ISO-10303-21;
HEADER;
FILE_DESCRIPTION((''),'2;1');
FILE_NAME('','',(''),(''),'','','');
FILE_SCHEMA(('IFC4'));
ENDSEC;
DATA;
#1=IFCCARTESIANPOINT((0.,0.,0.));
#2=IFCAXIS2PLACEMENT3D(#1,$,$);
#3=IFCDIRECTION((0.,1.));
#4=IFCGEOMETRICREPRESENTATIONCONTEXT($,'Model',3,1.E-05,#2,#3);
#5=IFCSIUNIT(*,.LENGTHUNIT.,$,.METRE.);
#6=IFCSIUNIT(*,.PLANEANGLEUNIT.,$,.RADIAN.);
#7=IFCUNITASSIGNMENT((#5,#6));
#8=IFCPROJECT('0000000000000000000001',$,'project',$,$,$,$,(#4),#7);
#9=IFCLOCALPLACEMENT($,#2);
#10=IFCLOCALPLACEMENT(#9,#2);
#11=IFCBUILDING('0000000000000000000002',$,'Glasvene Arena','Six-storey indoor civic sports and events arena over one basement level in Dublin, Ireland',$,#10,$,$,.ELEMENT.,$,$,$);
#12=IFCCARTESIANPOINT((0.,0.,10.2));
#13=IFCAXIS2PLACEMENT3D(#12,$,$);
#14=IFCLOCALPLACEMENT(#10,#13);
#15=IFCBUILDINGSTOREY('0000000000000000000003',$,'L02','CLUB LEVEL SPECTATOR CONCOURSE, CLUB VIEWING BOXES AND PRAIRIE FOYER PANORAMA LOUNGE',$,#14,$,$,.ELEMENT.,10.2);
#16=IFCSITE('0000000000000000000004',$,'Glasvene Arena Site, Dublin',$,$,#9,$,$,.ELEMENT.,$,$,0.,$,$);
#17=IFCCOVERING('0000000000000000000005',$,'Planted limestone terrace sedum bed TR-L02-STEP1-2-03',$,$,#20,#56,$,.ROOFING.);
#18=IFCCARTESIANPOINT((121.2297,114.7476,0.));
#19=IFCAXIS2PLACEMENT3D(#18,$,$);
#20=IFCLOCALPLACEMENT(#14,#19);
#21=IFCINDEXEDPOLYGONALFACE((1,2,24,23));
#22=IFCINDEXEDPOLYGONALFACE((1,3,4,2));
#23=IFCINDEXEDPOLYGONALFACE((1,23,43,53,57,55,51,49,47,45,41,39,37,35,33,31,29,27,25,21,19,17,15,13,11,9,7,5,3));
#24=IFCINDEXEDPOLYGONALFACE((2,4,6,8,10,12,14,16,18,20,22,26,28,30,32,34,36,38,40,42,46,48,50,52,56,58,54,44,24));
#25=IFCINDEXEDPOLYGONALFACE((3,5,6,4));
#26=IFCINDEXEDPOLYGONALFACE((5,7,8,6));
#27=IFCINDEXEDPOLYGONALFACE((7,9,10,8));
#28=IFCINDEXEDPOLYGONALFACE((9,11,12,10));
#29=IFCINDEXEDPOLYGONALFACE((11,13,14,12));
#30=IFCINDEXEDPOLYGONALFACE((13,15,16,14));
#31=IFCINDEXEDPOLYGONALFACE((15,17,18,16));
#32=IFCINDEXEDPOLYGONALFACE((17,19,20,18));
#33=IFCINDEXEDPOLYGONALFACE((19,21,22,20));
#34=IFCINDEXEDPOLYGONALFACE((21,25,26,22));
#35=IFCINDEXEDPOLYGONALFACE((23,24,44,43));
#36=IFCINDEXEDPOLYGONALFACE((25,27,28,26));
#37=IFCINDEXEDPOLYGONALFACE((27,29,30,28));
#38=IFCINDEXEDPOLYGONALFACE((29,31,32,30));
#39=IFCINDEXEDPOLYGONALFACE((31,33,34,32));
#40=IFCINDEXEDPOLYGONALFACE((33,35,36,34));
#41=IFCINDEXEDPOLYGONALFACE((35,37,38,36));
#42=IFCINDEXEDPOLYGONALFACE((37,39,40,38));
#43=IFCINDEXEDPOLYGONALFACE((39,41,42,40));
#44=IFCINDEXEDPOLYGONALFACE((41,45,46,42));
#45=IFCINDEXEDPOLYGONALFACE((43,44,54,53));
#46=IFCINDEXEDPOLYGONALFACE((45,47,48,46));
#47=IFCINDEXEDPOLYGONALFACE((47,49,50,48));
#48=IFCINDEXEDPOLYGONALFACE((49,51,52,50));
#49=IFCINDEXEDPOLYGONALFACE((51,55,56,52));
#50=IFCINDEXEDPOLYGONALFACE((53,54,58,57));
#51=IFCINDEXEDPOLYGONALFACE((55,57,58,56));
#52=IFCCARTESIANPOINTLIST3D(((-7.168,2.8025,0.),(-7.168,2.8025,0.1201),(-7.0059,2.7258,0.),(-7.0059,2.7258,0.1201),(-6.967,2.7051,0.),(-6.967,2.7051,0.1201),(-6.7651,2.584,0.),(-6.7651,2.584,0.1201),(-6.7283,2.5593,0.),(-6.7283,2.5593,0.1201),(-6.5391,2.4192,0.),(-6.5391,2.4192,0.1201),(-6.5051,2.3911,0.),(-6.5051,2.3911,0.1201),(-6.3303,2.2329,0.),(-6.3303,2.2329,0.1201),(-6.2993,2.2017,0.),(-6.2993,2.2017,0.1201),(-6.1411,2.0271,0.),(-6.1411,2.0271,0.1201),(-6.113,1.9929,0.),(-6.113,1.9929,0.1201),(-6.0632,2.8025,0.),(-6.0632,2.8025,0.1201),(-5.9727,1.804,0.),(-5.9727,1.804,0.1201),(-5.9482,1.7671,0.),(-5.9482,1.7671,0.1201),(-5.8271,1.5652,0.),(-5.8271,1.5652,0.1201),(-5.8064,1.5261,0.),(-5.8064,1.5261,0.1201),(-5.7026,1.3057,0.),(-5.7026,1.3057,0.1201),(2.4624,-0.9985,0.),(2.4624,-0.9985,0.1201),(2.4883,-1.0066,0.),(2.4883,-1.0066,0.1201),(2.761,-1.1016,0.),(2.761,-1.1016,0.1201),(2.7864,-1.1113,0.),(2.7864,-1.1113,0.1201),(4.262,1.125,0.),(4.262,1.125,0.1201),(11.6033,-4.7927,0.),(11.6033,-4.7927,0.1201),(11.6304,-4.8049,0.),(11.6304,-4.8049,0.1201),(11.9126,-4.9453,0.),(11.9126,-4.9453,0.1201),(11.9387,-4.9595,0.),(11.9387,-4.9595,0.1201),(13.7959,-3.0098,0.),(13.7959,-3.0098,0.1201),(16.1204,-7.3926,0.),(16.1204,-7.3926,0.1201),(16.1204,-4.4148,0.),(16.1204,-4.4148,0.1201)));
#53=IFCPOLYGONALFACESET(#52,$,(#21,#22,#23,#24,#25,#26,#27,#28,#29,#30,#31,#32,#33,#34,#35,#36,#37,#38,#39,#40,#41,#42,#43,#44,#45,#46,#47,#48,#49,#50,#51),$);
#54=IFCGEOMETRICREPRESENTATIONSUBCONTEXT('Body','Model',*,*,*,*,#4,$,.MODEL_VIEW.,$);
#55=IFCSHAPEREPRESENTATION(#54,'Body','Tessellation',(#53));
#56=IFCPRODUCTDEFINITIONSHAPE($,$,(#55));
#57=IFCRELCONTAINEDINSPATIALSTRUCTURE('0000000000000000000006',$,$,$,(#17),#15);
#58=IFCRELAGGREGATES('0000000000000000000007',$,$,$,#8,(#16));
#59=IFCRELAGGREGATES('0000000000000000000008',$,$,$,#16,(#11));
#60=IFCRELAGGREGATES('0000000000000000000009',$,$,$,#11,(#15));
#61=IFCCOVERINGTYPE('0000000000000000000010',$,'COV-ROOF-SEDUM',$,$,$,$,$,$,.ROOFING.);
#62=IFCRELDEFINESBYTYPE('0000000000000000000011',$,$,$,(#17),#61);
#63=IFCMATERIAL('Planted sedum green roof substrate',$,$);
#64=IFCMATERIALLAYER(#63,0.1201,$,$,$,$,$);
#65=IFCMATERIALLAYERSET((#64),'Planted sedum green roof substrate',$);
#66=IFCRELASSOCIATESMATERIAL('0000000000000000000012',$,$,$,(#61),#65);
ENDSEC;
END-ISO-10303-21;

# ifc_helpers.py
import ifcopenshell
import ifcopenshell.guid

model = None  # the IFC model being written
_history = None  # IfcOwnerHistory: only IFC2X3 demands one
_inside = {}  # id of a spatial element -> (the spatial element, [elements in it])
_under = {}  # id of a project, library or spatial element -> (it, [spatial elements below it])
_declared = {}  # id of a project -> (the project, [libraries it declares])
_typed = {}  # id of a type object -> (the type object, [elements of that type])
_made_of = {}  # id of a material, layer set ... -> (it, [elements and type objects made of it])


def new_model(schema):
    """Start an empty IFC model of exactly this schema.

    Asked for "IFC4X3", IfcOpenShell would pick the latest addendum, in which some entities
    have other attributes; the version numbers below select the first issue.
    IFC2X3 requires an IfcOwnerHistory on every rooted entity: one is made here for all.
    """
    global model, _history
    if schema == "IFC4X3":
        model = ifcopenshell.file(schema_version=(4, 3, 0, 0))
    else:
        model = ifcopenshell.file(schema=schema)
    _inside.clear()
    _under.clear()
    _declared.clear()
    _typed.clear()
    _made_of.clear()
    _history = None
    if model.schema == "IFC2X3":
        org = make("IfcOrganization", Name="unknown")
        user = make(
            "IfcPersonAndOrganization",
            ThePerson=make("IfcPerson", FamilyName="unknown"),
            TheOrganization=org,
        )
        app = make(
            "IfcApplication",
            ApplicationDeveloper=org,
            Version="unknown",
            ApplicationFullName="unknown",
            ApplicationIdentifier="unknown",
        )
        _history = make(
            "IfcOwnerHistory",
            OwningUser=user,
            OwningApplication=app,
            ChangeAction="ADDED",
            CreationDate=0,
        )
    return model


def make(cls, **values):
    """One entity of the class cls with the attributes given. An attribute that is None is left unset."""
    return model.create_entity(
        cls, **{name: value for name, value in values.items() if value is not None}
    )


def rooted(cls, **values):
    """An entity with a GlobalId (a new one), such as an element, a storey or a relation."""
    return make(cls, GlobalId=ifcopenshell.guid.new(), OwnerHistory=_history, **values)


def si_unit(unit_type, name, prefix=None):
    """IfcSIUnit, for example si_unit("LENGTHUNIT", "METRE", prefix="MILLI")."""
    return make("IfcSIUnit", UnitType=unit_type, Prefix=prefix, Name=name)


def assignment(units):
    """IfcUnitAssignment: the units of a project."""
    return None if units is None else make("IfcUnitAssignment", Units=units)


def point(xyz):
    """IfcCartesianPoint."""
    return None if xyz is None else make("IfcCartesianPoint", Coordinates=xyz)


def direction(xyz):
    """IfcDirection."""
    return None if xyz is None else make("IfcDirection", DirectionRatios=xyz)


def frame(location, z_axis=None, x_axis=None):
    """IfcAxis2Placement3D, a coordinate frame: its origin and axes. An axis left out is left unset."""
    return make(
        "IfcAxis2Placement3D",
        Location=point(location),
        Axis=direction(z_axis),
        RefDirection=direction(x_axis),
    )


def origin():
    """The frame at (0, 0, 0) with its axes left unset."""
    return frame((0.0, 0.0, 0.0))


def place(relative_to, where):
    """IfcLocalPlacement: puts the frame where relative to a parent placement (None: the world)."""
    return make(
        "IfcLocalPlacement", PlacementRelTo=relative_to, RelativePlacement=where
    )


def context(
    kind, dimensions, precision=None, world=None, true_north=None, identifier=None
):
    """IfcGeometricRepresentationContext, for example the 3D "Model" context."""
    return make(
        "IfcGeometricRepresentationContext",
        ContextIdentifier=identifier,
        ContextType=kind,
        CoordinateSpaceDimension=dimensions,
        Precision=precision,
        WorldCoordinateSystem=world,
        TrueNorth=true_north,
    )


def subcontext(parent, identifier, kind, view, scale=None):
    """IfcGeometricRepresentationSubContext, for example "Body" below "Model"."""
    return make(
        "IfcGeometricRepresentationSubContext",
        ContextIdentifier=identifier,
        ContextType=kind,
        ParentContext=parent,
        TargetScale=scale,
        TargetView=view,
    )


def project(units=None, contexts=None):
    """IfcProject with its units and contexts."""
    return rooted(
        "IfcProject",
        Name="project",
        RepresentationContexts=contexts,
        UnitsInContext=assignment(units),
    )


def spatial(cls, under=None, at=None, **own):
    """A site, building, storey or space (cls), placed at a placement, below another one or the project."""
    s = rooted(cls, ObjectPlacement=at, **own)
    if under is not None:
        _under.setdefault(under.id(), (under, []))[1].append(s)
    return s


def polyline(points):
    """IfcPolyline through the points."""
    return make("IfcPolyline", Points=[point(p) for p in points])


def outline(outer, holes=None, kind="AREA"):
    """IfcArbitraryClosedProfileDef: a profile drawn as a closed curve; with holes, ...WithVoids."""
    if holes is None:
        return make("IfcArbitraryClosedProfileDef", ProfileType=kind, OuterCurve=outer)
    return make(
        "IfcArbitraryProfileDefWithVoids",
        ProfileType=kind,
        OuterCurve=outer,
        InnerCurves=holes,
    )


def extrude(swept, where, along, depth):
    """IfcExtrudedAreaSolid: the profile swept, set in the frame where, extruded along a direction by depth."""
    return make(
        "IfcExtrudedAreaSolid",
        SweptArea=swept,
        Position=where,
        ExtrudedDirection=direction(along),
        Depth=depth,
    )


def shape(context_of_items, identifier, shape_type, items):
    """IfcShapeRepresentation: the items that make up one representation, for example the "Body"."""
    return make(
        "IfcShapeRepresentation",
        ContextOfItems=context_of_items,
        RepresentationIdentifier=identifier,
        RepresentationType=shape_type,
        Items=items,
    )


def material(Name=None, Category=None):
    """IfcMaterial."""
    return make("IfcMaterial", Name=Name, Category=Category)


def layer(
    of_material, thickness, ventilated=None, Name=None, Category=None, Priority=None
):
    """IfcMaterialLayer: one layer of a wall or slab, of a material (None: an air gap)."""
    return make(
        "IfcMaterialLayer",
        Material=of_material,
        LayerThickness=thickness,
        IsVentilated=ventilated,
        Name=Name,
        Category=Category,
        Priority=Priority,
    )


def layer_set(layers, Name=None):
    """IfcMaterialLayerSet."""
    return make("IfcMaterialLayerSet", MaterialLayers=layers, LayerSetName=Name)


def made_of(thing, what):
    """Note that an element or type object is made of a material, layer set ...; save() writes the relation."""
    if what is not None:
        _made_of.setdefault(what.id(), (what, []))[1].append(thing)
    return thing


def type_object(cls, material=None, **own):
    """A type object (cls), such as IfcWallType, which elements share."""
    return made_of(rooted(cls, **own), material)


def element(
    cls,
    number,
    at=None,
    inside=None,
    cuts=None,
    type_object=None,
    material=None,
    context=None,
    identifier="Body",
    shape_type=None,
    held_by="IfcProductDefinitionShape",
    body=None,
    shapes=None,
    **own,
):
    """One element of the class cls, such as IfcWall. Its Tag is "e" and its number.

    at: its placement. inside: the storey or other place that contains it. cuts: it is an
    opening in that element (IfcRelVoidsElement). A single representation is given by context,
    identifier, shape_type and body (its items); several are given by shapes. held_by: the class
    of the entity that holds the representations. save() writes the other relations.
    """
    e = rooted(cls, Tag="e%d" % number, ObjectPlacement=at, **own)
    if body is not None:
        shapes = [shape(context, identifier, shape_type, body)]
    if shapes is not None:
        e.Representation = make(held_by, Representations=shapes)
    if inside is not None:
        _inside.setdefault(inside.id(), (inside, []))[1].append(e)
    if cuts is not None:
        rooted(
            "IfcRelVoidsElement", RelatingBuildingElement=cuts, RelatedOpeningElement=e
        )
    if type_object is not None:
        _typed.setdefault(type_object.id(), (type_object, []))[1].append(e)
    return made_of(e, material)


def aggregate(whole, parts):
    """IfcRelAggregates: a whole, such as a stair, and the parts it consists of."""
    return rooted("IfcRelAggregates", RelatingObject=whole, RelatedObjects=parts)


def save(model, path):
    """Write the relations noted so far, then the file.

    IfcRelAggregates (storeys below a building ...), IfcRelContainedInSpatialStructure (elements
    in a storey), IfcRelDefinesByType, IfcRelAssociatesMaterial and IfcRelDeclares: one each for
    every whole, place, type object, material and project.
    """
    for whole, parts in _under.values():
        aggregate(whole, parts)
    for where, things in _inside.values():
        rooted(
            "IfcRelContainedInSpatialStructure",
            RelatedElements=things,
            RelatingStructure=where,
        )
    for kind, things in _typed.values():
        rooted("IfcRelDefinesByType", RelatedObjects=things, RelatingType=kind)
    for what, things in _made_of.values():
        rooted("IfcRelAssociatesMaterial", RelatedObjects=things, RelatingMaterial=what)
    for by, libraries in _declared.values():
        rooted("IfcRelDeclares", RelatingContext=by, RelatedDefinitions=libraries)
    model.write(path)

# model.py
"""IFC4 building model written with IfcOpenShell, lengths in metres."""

from ifc_helpers import new_model, si_unit, direction, frame, origin, place, context, subcontext, project, spatial, polyline, outline, extrude, material, layer, layer_set, type_object, element, save


model = new_model("IFC4")

# Units and contexts
model_context = context("Model", 3, precision=1e-05, world=origin(), true_north=direction((0.0, 1.0)))
body_context = subcontext(model_context, "Body", "Model", "MODEL_VIEW")
ifc_project = project(units=[si_unit("LENGTHUNIT", "METRE"), si_unit("PLANEANGLEUNIT", "RADIAN")], contexts=[model_context])

# Site, building, storey
site_placement = place(None, origin())
site = spatial("IfcSite", under=ifc_project, at=site_placement, Name="Glasvene Arena Site, Dublin", CompositionType="ELEMENT", RefElevation=0.0)
building_placement = place(site_placement, origin())
building = spatial("IfcBuilding", under=site, at=building_placement, Name="Glasvene Arena", Description="Six-storey indoor civic sports and events arena over one basement level in Dublin, Ireland", CompositionType="ELEMENT")
storey_placement = place(building_placement, frame((0.0, 0.0, 10.2)))
storey = spatial("IfcBuildingStorey", under=building, at=storey_placement, Name="L02", Description="CLUB LEVEL SPECTATOR CONCOURSE, CLUB VIEWING BOXES AND PRAIRIE FOYER PANORAMA LOUNGE", CompositionType="ELEMENT", Elevation=10.2)

# Covering
ifc_material_1 = material(Name="Planted sedum green roof substrate")
ifc_layer_1 = layer(ifc_material_1, 0.1201)
ifc_layer_set_1 = layer_set([ifc_layer_1], Name="Planted sedum green roof substrate")
covering_type = type_object("IfcCoveringType", Name="COV-ROOF-SEDUM", PredefinedType="ROOFING", material=ifc_layer_set_1)
covering_placement = place(storey_placement, frame((121.2297, 114.7476, 0.0)))
element("IfcCovering", 1, at=covering_placement, inside=storey, type_object=covering_type, Name="Planted limestone terrace sedum bed TR-L02-STEP1-2-03", PredefinedType="ROOFING", context=body_context, shape_type="SweptSolid", body=[
    extrude(outline(polyline([(-7.168, 2.8025), (-6.0632, 2.8025), (4.262, 1.125), (13.7959, -3.0098), (16.1204, -4.4148), (16.1204, -7.3926), (11.9387, -4.9595), (11.9126, -4.9453), (11.6304, -4.8049), (11.6033, -4.7927), (2.7864, -1.1113), (2.761, -1.1016), (2.4883, -1.0066), (2.4624, -0.9985), (-5.7026, 1.3057), (-5.8064, 1.5261), (-5.8271, 1.5652), (-5.9482, 1.7671), (-5.9727, 1.804), (-6.113, 1.9929), (-6.1411, 2.0271), (-6.2993, 2.2017), (-6.3303, 2.2329), (-6.5051, 2.3911), (-6.5391, 2.4192), (-6.7283, 2.5593), (-6.7651, 2.584), (-6.967, 2.7051), (-7.0059, 2.7258), (-7.168, 2.8025)])), origin(), (0.0, 0.0, 1.0), 0.1201),
])

save(model, "model.ifc")
